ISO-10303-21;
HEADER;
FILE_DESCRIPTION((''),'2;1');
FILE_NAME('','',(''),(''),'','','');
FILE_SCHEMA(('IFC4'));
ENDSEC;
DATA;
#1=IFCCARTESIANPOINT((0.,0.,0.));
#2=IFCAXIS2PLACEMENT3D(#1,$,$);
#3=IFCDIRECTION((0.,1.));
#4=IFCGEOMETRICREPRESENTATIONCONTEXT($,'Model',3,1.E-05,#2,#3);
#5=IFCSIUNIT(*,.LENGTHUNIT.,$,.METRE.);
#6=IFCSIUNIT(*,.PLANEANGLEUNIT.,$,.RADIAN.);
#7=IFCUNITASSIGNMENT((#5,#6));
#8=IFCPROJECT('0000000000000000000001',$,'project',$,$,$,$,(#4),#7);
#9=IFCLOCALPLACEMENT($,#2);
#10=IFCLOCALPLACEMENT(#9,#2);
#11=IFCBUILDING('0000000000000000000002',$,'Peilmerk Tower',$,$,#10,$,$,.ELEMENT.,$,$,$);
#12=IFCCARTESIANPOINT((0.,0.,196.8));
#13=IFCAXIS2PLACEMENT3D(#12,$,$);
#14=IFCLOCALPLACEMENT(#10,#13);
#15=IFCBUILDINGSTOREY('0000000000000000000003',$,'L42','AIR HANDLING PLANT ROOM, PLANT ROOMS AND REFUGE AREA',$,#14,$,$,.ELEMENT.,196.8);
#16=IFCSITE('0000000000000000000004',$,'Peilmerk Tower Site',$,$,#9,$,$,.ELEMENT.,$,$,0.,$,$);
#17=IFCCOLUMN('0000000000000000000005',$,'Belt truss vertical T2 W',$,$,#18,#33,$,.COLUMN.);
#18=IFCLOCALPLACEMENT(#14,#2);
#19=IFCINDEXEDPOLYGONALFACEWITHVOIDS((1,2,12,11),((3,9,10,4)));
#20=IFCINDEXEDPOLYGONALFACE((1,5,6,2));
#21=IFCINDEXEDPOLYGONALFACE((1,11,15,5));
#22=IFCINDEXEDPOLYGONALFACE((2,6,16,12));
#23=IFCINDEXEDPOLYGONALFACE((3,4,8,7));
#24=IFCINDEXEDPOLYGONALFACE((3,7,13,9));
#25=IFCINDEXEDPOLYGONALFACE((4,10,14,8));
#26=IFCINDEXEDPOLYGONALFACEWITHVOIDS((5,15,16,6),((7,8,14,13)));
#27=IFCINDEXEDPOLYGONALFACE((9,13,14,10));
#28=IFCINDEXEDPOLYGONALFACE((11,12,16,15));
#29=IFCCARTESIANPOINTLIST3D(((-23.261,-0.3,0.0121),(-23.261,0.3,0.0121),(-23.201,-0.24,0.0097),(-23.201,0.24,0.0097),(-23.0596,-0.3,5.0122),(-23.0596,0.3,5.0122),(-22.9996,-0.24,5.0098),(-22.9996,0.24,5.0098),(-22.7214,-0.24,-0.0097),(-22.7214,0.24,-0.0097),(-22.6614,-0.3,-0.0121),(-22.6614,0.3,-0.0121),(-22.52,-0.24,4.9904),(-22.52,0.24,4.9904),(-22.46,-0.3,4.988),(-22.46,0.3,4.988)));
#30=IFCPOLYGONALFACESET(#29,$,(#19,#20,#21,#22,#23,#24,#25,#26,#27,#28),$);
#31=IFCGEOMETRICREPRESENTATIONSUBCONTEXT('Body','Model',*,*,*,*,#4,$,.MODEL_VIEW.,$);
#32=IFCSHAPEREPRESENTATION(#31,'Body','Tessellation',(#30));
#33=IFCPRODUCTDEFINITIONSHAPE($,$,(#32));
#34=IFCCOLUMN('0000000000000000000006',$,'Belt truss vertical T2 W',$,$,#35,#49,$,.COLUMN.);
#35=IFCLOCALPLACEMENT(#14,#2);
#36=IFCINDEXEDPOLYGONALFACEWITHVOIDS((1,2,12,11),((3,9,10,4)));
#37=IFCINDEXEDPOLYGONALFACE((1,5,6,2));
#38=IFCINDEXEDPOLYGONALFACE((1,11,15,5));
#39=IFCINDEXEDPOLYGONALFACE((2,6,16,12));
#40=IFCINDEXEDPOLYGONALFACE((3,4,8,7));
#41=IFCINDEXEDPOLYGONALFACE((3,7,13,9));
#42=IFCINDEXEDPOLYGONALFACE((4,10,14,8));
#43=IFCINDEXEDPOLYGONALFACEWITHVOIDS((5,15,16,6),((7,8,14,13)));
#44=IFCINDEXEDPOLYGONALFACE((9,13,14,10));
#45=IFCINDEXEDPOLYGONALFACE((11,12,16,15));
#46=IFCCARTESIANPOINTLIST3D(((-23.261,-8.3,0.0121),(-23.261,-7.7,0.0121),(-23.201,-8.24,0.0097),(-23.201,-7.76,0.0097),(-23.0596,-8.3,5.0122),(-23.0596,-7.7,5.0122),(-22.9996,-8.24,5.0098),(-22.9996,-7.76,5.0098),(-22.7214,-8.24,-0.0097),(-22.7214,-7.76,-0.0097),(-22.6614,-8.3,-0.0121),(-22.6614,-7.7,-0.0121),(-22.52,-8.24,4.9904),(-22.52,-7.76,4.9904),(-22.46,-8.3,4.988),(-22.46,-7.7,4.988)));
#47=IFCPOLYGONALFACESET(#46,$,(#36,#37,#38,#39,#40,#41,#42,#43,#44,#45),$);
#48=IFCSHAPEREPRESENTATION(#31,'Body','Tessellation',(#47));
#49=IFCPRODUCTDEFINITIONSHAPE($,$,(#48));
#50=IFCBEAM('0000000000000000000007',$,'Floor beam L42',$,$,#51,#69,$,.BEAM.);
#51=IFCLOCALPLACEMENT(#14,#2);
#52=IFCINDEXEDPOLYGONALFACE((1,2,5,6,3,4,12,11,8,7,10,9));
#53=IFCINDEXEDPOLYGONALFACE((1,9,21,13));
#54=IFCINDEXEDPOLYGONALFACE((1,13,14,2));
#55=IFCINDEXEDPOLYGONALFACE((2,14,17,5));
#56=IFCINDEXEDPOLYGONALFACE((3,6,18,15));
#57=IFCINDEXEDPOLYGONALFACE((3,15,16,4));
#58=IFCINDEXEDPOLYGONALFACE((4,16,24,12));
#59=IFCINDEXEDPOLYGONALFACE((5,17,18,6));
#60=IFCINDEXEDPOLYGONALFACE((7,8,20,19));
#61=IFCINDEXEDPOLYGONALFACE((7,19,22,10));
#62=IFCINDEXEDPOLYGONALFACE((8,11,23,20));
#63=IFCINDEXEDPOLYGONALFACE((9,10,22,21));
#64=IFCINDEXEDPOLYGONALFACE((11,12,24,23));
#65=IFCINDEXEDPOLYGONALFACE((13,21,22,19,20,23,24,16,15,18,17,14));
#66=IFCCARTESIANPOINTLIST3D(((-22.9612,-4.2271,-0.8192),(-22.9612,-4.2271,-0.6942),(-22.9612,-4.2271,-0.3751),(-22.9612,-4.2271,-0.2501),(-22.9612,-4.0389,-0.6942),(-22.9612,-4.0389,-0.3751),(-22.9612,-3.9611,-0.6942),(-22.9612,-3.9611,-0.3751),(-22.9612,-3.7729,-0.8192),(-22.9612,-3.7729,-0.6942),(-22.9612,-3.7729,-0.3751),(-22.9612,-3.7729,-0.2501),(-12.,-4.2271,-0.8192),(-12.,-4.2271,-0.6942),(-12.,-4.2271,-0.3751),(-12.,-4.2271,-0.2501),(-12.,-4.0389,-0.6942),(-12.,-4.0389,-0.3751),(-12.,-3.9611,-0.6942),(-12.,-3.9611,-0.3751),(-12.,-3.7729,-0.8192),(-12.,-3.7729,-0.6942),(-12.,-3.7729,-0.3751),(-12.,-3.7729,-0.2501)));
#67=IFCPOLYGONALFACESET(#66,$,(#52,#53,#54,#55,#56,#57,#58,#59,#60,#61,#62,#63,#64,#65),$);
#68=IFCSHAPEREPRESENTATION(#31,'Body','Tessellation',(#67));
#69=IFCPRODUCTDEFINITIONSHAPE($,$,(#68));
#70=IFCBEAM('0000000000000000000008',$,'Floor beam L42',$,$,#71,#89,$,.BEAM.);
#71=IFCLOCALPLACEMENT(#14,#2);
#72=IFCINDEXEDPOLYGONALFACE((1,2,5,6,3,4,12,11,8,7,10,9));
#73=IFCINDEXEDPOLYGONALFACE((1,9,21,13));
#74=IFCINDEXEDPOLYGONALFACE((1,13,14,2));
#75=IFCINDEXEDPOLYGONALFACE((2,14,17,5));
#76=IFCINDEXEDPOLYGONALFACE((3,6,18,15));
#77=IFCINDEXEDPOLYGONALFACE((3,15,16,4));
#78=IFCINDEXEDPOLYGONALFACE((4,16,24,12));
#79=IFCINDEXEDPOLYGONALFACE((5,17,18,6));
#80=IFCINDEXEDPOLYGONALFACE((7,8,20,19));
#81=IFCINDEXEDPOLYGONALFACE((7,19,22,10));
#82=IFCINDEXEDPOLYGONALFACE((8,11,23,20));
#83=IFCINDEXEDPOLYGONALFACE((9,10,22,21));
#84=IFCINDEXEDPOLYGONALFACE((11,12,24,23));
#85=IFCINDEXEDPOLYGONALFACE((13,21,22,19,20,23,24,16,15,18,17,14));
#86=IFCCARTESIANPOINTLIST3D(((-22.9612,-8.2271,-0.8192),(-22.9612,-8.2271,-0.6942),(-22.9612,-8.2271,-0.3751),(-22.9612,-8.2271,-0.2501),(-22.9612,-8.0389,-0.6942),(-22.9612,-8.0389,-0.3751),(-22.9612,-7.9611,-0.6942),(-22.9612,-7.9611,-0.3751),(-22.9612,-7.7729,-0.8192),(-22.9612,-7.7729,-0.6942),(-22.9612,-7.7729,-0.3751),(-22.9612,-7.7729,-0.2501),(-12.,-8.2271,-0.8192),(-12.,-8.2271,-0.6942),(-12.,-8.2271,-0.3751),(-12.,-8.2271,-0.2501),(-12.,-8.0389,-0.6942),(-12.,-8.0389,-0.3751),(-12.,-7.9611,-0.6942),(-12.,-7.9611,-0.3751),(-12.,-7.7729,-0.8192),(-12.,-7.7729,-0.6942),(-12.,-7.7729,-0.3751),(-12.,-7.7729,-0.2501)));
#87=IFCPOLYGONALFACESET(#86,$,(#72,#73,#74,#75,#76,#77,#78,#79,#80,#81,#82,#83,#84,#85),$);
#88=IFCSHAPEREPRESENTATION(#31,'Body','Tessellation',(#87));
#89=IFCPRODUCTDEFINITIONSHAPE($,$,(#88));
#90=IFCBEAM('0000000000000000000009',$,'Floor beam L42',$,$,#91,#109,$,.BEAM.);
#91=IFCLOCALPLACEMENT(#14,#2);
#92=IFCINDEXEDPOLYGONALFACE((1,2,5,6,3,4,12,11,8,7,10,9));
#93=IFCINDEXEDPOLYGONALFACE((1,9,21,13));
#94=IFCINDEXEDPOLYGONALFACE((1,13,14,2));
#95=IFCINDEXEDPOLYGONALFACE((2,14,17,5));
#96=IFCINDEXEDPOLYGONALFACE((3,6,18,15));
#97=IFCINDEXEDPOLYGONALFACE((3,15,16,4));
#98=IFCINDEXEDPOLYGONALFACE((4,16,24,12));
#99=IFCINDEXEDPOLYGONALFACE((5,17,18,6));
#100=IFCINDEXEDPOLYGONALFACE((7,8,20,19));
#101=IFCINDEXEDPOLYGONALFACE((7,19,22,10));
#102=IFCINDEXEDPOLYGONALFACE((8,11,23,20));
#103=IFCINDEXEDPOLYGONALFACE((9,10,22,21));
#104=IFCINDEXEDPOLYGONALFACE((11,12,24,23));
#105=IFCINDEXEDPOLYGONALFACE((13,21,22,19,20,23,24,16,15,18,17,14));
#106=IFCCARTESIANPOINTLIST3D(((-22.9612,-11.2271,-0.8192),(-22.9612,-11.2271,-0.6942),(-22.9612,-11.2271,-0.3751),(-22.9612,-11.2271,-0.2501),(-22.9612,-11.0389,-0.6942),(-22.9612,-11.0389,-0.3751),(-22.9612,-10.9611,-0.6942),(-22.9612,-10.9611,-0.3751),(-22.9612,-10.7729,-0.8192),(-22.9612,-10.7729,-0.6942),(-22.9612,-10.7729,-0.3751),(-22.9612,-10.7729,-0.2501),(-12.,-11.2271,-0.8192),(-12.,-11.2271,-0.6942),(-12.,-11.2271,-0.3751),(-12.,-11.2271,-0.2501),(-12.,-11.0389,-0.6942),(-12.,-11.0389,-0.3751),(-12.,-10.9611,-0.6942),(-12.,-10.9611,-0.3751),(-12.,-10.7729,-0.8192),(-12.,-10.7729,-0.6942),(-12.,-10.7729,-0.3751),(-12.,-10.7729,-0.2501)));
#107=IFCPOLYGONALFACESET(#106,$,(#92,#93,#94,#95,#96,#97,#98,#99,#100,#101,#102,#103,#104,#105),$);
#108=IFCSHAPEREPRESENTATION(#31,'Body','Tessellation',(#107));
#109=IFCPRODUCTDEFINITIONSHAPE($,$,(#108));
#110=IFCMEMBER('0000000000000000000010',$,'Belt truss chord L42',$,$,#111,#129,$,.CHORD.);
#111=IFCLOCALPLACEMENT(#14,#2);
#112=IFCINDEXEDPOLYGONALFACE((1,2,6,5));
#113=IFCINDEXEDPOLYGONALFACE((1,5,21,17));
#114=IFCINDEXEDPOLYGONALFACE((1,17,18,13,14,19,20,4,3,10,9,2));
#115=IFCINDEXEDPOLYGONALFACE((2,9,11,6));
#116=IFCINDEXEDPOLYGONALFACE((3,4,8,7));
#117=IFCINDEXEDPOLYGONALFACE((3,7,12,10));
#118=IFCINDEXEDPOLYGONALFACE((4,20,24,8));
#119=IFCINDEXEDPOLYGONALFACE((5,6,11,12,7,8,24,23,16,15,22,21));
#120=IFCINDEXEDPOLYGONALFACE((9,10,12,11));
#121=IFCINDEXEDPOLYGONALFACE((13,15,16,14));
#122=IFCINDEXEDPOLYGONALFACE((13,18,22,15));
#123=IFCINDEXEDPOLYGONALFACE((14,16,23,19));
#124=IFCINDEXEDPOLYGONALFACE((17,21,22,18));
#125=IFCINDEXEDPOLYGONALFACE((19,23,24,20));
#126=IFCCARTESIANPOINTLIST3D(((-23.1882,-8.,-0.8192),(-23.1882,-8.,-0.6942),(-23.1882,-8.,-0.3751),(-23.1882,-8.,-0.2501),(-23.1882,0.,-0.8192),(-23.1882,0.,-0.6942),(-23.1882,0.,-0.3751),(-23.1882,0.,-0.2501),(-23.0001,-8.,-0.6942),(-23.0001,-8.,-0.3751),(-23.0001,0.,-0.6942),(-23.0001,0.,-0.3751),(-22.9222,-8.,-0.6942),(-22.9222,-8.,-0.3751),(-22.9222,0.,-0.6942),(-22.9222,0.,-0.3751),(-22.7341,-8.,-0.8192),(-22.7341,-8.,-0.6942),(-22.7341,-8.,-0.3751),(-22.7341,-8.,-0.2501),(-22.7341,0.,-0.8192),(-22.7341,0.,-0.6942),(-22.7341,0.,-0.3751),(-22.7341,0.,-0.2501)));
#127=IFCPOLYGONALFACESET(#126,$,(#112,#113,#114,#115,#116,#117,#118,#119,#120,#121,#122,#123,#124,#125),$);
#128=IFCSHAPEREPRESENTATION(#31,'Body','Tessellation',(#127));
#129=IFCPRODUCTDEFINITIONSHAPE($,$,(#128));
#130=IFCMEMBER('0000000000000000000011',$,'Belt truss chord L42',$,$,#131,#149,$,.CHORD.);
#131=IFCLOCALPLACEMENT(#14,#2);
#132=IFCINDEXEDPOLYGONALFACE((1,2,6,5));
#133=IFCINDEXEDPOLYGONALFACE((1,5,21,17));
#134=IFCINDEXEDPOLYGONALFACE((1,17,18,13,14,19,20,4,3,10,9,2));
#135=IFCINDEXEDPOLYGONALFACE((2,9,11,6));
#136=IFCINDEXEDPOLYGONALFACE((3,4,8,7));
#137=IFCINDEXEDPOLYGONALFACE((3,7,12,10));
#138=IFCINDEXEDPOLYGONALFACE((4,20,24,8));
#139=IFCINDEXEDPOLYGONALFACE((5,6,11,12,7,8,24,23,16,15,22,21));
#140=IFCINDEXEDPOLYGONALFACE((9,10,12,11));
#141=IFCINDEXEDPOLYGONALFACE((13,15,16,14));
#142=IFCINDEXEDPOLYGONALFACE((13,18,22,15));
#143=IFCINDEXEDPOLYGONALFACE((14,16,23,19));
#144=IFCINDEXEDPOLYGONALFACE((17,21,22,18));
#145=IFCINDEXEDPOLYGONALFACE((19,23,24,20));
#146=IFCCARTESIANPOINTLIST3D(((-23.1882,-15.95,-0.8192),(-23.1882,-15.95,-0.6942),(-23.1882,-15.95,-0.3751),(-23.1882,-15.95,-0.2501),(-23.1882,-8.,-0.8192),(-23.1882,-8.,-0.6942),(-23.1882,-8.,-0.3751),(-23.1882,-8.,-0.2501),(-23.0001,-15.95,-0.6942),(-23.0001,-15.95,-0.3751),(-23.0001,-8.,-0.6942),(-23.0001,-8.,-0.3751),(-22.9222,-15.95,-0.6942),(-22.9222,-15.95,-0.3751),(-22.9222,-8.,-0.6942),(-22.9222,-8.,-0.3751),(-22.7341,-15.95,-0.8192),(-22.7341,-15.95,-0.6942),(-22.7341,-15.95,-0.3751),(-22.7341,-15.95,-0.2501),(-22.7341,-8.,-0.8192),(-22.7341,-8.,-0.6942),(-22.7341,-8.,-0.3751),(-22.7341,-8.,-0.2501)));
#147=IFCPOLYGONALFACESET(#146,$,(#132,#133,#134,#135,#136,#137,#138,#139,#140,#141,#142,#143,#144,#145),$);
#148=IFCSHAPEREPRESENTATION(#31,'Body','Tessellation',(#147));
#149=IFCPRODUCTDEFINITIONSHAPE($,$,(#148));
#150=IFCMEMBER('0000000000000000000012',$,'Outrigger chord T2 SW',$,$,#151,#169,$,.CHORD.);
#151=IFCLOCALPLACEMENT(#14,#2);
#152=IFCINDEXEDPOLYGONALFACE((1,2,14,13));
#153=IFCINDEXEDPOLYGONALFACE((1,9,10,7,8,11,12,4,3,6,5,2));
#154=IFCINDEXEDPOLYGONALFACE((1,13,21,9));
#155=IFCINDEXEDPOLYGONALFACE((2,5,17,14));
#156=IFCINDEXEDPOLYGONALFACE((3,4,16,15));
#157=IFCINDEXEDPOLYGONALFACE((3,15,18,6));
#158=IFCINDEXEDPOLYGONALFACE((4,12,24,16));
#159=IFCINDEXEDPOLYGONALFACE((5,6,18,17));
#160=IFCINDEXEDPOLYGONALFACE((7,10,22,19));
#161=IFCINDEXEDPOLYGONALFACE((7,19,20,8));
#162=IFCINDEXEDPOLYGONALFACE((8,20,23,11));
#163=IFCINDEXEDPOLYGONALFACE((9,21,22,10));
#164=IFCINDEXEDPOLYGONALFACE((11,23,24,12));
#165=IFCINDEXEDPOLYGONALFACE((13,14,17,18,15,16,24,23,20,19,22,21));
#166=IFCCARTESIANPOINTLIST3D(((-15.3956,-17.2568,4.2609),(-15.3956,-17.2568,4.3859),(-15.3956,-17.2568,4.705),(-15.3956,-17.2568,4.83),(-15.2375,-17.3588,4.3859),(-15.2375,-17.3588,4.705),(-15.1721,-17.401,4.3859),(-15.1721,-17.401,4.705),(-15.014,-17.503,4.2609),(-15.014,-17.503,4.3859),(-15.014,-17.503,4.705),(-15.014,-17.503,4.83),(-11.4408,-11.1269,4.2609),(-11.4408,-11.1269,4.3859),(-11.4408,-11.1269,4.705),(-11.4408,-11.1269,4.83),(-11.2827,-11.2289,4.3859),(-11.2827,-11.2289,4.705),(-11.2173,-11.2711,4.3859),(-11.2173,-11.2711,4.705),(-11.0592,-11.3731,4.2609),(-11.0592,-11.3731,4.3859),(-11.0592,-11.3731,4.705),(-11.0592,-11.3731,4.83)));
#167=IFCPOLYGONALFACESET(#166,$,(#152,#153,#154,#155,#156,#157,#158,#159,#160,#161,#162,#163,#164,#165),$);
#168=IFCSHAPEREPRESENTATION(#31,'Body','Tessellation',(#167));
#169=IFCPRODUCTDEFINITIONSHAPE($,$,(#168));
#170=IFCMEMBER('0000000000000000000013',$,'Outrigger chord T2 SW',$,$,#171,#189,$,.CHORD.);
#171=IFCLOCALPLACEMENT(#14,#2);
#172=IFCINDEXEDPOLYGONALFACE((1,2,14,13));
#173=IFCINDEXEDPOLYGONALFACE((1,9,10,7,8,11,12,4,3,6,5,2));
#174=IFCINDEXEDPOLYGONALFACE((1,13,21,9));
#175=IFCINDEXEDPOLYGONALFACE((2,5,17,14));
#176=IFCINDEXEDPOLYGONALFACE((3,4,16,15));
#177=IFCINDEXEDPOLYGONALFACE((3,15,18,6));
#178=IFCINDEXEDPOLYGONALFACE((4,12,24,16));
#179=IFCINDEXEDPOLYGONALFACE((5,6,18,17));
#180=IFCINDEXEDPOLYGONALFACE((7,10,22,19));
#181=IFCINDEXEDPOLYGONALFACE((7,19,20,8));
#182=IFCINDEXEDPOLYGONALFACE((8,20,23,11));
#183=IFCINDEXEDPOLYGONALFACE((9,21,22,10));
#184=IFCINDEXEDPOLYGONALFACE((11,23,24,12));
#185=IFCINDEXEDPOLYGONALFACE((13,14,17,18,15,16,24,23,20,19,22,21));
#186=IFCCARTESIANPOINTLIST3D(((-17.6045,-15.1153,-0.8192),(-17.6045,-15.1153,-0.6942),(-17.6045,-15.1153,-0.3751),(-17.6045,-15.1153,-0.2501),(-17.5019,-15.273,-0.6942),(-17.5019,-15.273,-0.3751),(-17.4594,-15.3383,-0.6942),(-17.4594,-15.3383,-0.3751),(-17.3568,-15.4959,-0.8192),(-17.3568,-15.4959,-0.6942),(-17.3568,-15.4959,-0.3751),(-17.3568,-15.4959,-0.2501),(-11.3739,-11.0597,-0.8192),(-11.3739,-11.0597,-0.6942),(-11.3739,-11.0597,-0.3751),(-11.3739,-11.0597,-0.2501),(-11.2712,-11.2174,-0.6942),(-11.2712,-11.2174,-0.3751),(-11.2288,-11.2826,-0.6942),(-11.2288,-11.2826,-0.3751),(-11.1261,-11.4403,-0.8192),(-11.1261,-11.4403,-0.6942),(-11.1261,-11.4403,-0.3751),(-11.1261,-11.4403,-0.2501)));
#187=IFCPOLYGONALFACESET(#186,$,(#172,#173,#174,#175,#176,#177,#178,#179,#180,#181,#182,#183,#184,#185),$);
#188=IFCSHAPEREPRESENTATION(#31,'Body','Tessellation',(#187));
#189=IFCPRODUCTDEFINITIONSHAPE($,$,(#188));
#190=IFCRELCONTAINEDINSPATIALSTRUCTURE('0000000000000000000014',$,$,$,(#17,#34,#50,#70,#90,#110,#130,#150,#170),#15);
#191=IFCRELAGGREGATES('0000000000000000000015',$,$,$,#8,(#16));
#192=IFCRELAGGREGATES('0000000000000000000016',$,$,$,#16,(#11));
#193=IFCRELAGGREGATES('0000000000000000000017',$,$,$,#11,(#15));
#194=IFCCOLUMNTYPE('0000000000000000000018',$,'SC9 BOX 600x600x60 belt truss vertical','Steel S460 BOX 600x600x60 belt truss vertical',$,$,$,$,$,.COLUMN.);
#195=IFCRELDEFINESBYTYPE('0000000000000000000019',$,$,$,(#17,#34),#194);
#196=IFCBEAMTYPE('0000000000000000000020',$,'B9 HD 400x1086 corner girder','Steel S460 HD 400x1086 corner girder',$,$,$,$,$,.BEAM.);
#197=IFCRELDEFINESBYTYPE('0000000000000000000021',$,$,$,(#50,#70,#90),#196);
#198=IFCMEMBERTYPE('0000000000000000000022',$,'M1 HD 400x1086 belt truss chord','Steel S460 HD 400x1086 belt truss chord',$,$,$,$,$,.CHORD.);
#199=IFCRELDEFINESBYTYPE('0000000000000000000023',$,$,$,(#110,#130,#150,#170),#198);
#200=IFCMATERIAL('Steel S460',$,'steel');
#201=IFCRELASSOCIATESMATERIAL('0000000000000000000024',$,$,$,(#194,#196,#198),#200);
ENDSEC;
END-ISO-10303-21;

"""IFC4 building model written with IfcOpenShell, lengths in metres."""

from ifc_helpers import new_model, si_unit, direction, frame, origin, origin_2d, place, context, subcontext, project, spatial, hollow_rectangle, i_section, extrude, material, material_profile, profile_set, type_object, element, save


model = new_model("IFC4")

# Units and contexts
model_context = context("Model", 3, precision=1e-05, world=origin(), true_north=direction((0.0, 1.0)))
body_context = subcontext(model_context, "Body", "Model", "MODEL_VIEW")
ifc_project = project(units=[si_unit("LENGTHUNIT", "METRE"), si_unit("PLANEANGLEUNIT", "RADIAN")], contexts=[model_context])

# Site, building, storey
site_placement = place(None, origin())
site = spatial("IfcSite", under=ifc_project, at=site_placement, Name="Peilmerk Tower Site", CompositionType="ELEMENT", RefElevation=0.0)
building_placement = place(site_placement, origin())
building = spatial("IfcBuilding", under=site, at=building_placement, Name="Peilmerk Tower", CompositionType="ELEMENT")
storey_placement = place(building_placement, frame((0.0, 0.0, 196.8)))
storey = spatial("IfcBuildingStorey", under=building, at=storey_placement, Name="L42", Description="AIR HANDLING PLANT ROOM, PLANT ROOMS AND REFUGE AREA", CompositionType="ELEMENT", Elevation=196.8)

# Columns
ifc_material_1 = material(Name="Steel S460", Category="steel")
ifc_material_profile_1 = material_profile(ifc_material_1, hollow_rectangle(XDim=0.6001, YDim=0.6001, WallThickness=0.0601, at=origin_2d()), Name="BOX 600x600x60")
ifc_profile_set_1 = profile_set([ifc_material_profile_1], Name="Steel S460")
column_type = type_object("IfcColumnType", Name="SC9 BOX 600x600x60 belt truss vertical", Description="Steel S460 BOX 600x600x60 belt truss vertical", PredefinedType="COLUMN", material=ifc_profile_set_1)
for number, where, z_axis, x_axis, name in (
    (1, (-22.9612, 0.0, 0.0), (0.040251, 0.0, 0.99919), (0.0, 1.0, 0.0), "Belt truss vertical T2 W"),
    (2, (-22.9612, -8.0, 0.0), (0.040251, 0.0, 0.99919), (0.0, 1.0, 0.0), "Belt truss vertical T2 W"),
):
    element("IfcColumn", number, at=place(storey_placement, frame(where, z_axis=z_axis, x_axis=x_axis)), inside=storey, type_object=column_type, Name=name, PredefinedType="COLUMN", context=body_context, shape_type="SweptSolid", body=[
        extrude(hollow_rectangle(XDim=0.6001, YDim=0.6001, WallThickness=0.0601, at=origin_2d()), origin(), (0.0, 0.0, 1.0), 5.0042),
    ])

# Beams
ifc_material_profile_2 = material_profile(ifc_material_1, i_section(OverallWidth=0.4541, OverallDepth=0.5691, WebThickness=0.0779, FlangeThickness=0.125, at=origin_2d()), Name="HD 400x1086")
ifc_profile_set_2 = profile_set([ifc_material_profile_2], Name="Steel S460")
beam_type = type_object("IfcBeamType", Name="B9 HD 400x1086 corner girder", Description="Steel S460 HD 400x1086 corner girder", PredefinedType="BEAM", material=ifc_profile_set_2)
for number, where, z_axis, x_axis, name in (
    (3, (-12.0, -4.0, -0.5347), (-1.0, 0.0, 0.0), (0.0, -1.0, 0.0), "Floor beam L42"),
    (4, (-12.0, -8.0, -0.5347), (-1.0, 0.0, 0.0), (0.0, -1.0, 0.0), "Floor beam L42"),
    (5, (-12.0, -11.0, -0.5347), (-1.0, 0.0, 0.0), (0.0, -1.0, 0.0), "Floor beam L42"),
):
    element("IfcBeam", number, at=place(storey_placement, frame(where, z_axis=z_axis, x_axis=x_axis)), inside=storey, type_object=beam_type, Name=name, PredefinedType="BEAM", context=body_context, shape_type="SweptSolid", body=[
        extrude(i_section(OverallWidth=0.4541, OverallDepth=0.5691, WebThickness=0.0779, FlangeThickness=0.125, at=origin_2d()), origin(), (0.0, 0.0, 1.0), 10.9612),
    ])

# Members
ifc_material_profile_3 = material_profile(ifc_material_1, i_section(OverallWidth=0.4541, OverallDepth=0.5691, WebThickness=0.0779, FlangeThickness=0.125, at=origin_2d()), Name="HD 400x1086")
ifc_profile_set_3 = profile_set([ifc_material_profile_3], Name="Steel S460")
member_type_1 = type_object("IfcMemberType", Name="M1 HD 400x1086 belt truss chord", Description="Steel S460 HD 400x1086 belt truss chord", PredefinedType="CHORD", material=ifc_profile_set_3)
member_1_placement = place(storey_placement, frame((-22.9612, 0.0, -0.5347), z_axis=(0.0, -1.0, 0.0), x_axis=(1.0, 0.0, 0.0)))
element("IfcMember", 6, at=member_1_placement, inside=storey, type_object=member_type_1, Name="Belt truss chord L42", PredefinedType="CHORD", context=body_context, shape_type="SweptSolid", body=[
    extrude(i_section(OverallWidth=0.4541, OverallDepth=0.5691, WebThickness=0.0779, FlangeThickness=0.125, at=origin_2d()), origin(), (0.0, 0.0, 1.0), 8.0),
])
member_2_placement = place(storey_placement, frame((-22.9612, -8.0, -0.5347), z_axis=(0.0, -1.0, 0.0), x_axis=(1.0, 0.0, 0.0)))
element("IfcMember", 7, at=member_2_placement, inside=storey, type_object=member_type_1, Name="Belt truss chord L42", PredefinedType="CHORD", context=body_context, shape_type="SweptSolid", body=[
    extrude(i_section(OverallWidth=0.4541, OverallDepth=0.5691, WebThickness=0.0779, FlangeThickness=0.125, at=origin_2d()), origin(), (0.0, 0.0, 1.0), 7.95),
])
member_3_placement = place(storey_placement, frame((-11.25, -11.25, 4.5454), z_axis=(-0.542134, -0.840292, 0.0), x_axis=(0.840292, -0.542134, 0.0)))
element("IfcMember", 8, at=member_3_placement, inside=storey, type_object=member_type_1, Name="Outrigger chord T2 SW", PredefinedType="CHORD", context=body_context, shape_type="SweptSolid", body=[
    extrude(i_section(OverallWidth=0.4541, OverallDepth=0.5691, WebThickness=0.0779, FlangeThickness=0.125, at=origin_2d()), origin(), (0.0, 0.0, 1.0), 7.2949),
])
member_4_placement = place(storey_placement, frame((-11.25, -11.25, -0.5347), z_axis=(-0.838093, -0.545527, 0.0), x_axis=(0.545527, -0.838093, 0.0)))
element("IfcMember", 9, at=member_4_placement, inside=storey, type_object=member_type_1, Name="Outrigger chord T2 SW", PredefinedType="CHORD", context=body_context, shape_type="SweptSolid", body=[
    extrude(i_section(OverallWidth=0.4541, OverallDepth=0.5691, WebThickness=0.0779, FlangeThickness=0.125, at=origin_2d()), origin(), (0.0, 0.0, 1.0), 7.4343),
])

save(model, "model.ifc")
